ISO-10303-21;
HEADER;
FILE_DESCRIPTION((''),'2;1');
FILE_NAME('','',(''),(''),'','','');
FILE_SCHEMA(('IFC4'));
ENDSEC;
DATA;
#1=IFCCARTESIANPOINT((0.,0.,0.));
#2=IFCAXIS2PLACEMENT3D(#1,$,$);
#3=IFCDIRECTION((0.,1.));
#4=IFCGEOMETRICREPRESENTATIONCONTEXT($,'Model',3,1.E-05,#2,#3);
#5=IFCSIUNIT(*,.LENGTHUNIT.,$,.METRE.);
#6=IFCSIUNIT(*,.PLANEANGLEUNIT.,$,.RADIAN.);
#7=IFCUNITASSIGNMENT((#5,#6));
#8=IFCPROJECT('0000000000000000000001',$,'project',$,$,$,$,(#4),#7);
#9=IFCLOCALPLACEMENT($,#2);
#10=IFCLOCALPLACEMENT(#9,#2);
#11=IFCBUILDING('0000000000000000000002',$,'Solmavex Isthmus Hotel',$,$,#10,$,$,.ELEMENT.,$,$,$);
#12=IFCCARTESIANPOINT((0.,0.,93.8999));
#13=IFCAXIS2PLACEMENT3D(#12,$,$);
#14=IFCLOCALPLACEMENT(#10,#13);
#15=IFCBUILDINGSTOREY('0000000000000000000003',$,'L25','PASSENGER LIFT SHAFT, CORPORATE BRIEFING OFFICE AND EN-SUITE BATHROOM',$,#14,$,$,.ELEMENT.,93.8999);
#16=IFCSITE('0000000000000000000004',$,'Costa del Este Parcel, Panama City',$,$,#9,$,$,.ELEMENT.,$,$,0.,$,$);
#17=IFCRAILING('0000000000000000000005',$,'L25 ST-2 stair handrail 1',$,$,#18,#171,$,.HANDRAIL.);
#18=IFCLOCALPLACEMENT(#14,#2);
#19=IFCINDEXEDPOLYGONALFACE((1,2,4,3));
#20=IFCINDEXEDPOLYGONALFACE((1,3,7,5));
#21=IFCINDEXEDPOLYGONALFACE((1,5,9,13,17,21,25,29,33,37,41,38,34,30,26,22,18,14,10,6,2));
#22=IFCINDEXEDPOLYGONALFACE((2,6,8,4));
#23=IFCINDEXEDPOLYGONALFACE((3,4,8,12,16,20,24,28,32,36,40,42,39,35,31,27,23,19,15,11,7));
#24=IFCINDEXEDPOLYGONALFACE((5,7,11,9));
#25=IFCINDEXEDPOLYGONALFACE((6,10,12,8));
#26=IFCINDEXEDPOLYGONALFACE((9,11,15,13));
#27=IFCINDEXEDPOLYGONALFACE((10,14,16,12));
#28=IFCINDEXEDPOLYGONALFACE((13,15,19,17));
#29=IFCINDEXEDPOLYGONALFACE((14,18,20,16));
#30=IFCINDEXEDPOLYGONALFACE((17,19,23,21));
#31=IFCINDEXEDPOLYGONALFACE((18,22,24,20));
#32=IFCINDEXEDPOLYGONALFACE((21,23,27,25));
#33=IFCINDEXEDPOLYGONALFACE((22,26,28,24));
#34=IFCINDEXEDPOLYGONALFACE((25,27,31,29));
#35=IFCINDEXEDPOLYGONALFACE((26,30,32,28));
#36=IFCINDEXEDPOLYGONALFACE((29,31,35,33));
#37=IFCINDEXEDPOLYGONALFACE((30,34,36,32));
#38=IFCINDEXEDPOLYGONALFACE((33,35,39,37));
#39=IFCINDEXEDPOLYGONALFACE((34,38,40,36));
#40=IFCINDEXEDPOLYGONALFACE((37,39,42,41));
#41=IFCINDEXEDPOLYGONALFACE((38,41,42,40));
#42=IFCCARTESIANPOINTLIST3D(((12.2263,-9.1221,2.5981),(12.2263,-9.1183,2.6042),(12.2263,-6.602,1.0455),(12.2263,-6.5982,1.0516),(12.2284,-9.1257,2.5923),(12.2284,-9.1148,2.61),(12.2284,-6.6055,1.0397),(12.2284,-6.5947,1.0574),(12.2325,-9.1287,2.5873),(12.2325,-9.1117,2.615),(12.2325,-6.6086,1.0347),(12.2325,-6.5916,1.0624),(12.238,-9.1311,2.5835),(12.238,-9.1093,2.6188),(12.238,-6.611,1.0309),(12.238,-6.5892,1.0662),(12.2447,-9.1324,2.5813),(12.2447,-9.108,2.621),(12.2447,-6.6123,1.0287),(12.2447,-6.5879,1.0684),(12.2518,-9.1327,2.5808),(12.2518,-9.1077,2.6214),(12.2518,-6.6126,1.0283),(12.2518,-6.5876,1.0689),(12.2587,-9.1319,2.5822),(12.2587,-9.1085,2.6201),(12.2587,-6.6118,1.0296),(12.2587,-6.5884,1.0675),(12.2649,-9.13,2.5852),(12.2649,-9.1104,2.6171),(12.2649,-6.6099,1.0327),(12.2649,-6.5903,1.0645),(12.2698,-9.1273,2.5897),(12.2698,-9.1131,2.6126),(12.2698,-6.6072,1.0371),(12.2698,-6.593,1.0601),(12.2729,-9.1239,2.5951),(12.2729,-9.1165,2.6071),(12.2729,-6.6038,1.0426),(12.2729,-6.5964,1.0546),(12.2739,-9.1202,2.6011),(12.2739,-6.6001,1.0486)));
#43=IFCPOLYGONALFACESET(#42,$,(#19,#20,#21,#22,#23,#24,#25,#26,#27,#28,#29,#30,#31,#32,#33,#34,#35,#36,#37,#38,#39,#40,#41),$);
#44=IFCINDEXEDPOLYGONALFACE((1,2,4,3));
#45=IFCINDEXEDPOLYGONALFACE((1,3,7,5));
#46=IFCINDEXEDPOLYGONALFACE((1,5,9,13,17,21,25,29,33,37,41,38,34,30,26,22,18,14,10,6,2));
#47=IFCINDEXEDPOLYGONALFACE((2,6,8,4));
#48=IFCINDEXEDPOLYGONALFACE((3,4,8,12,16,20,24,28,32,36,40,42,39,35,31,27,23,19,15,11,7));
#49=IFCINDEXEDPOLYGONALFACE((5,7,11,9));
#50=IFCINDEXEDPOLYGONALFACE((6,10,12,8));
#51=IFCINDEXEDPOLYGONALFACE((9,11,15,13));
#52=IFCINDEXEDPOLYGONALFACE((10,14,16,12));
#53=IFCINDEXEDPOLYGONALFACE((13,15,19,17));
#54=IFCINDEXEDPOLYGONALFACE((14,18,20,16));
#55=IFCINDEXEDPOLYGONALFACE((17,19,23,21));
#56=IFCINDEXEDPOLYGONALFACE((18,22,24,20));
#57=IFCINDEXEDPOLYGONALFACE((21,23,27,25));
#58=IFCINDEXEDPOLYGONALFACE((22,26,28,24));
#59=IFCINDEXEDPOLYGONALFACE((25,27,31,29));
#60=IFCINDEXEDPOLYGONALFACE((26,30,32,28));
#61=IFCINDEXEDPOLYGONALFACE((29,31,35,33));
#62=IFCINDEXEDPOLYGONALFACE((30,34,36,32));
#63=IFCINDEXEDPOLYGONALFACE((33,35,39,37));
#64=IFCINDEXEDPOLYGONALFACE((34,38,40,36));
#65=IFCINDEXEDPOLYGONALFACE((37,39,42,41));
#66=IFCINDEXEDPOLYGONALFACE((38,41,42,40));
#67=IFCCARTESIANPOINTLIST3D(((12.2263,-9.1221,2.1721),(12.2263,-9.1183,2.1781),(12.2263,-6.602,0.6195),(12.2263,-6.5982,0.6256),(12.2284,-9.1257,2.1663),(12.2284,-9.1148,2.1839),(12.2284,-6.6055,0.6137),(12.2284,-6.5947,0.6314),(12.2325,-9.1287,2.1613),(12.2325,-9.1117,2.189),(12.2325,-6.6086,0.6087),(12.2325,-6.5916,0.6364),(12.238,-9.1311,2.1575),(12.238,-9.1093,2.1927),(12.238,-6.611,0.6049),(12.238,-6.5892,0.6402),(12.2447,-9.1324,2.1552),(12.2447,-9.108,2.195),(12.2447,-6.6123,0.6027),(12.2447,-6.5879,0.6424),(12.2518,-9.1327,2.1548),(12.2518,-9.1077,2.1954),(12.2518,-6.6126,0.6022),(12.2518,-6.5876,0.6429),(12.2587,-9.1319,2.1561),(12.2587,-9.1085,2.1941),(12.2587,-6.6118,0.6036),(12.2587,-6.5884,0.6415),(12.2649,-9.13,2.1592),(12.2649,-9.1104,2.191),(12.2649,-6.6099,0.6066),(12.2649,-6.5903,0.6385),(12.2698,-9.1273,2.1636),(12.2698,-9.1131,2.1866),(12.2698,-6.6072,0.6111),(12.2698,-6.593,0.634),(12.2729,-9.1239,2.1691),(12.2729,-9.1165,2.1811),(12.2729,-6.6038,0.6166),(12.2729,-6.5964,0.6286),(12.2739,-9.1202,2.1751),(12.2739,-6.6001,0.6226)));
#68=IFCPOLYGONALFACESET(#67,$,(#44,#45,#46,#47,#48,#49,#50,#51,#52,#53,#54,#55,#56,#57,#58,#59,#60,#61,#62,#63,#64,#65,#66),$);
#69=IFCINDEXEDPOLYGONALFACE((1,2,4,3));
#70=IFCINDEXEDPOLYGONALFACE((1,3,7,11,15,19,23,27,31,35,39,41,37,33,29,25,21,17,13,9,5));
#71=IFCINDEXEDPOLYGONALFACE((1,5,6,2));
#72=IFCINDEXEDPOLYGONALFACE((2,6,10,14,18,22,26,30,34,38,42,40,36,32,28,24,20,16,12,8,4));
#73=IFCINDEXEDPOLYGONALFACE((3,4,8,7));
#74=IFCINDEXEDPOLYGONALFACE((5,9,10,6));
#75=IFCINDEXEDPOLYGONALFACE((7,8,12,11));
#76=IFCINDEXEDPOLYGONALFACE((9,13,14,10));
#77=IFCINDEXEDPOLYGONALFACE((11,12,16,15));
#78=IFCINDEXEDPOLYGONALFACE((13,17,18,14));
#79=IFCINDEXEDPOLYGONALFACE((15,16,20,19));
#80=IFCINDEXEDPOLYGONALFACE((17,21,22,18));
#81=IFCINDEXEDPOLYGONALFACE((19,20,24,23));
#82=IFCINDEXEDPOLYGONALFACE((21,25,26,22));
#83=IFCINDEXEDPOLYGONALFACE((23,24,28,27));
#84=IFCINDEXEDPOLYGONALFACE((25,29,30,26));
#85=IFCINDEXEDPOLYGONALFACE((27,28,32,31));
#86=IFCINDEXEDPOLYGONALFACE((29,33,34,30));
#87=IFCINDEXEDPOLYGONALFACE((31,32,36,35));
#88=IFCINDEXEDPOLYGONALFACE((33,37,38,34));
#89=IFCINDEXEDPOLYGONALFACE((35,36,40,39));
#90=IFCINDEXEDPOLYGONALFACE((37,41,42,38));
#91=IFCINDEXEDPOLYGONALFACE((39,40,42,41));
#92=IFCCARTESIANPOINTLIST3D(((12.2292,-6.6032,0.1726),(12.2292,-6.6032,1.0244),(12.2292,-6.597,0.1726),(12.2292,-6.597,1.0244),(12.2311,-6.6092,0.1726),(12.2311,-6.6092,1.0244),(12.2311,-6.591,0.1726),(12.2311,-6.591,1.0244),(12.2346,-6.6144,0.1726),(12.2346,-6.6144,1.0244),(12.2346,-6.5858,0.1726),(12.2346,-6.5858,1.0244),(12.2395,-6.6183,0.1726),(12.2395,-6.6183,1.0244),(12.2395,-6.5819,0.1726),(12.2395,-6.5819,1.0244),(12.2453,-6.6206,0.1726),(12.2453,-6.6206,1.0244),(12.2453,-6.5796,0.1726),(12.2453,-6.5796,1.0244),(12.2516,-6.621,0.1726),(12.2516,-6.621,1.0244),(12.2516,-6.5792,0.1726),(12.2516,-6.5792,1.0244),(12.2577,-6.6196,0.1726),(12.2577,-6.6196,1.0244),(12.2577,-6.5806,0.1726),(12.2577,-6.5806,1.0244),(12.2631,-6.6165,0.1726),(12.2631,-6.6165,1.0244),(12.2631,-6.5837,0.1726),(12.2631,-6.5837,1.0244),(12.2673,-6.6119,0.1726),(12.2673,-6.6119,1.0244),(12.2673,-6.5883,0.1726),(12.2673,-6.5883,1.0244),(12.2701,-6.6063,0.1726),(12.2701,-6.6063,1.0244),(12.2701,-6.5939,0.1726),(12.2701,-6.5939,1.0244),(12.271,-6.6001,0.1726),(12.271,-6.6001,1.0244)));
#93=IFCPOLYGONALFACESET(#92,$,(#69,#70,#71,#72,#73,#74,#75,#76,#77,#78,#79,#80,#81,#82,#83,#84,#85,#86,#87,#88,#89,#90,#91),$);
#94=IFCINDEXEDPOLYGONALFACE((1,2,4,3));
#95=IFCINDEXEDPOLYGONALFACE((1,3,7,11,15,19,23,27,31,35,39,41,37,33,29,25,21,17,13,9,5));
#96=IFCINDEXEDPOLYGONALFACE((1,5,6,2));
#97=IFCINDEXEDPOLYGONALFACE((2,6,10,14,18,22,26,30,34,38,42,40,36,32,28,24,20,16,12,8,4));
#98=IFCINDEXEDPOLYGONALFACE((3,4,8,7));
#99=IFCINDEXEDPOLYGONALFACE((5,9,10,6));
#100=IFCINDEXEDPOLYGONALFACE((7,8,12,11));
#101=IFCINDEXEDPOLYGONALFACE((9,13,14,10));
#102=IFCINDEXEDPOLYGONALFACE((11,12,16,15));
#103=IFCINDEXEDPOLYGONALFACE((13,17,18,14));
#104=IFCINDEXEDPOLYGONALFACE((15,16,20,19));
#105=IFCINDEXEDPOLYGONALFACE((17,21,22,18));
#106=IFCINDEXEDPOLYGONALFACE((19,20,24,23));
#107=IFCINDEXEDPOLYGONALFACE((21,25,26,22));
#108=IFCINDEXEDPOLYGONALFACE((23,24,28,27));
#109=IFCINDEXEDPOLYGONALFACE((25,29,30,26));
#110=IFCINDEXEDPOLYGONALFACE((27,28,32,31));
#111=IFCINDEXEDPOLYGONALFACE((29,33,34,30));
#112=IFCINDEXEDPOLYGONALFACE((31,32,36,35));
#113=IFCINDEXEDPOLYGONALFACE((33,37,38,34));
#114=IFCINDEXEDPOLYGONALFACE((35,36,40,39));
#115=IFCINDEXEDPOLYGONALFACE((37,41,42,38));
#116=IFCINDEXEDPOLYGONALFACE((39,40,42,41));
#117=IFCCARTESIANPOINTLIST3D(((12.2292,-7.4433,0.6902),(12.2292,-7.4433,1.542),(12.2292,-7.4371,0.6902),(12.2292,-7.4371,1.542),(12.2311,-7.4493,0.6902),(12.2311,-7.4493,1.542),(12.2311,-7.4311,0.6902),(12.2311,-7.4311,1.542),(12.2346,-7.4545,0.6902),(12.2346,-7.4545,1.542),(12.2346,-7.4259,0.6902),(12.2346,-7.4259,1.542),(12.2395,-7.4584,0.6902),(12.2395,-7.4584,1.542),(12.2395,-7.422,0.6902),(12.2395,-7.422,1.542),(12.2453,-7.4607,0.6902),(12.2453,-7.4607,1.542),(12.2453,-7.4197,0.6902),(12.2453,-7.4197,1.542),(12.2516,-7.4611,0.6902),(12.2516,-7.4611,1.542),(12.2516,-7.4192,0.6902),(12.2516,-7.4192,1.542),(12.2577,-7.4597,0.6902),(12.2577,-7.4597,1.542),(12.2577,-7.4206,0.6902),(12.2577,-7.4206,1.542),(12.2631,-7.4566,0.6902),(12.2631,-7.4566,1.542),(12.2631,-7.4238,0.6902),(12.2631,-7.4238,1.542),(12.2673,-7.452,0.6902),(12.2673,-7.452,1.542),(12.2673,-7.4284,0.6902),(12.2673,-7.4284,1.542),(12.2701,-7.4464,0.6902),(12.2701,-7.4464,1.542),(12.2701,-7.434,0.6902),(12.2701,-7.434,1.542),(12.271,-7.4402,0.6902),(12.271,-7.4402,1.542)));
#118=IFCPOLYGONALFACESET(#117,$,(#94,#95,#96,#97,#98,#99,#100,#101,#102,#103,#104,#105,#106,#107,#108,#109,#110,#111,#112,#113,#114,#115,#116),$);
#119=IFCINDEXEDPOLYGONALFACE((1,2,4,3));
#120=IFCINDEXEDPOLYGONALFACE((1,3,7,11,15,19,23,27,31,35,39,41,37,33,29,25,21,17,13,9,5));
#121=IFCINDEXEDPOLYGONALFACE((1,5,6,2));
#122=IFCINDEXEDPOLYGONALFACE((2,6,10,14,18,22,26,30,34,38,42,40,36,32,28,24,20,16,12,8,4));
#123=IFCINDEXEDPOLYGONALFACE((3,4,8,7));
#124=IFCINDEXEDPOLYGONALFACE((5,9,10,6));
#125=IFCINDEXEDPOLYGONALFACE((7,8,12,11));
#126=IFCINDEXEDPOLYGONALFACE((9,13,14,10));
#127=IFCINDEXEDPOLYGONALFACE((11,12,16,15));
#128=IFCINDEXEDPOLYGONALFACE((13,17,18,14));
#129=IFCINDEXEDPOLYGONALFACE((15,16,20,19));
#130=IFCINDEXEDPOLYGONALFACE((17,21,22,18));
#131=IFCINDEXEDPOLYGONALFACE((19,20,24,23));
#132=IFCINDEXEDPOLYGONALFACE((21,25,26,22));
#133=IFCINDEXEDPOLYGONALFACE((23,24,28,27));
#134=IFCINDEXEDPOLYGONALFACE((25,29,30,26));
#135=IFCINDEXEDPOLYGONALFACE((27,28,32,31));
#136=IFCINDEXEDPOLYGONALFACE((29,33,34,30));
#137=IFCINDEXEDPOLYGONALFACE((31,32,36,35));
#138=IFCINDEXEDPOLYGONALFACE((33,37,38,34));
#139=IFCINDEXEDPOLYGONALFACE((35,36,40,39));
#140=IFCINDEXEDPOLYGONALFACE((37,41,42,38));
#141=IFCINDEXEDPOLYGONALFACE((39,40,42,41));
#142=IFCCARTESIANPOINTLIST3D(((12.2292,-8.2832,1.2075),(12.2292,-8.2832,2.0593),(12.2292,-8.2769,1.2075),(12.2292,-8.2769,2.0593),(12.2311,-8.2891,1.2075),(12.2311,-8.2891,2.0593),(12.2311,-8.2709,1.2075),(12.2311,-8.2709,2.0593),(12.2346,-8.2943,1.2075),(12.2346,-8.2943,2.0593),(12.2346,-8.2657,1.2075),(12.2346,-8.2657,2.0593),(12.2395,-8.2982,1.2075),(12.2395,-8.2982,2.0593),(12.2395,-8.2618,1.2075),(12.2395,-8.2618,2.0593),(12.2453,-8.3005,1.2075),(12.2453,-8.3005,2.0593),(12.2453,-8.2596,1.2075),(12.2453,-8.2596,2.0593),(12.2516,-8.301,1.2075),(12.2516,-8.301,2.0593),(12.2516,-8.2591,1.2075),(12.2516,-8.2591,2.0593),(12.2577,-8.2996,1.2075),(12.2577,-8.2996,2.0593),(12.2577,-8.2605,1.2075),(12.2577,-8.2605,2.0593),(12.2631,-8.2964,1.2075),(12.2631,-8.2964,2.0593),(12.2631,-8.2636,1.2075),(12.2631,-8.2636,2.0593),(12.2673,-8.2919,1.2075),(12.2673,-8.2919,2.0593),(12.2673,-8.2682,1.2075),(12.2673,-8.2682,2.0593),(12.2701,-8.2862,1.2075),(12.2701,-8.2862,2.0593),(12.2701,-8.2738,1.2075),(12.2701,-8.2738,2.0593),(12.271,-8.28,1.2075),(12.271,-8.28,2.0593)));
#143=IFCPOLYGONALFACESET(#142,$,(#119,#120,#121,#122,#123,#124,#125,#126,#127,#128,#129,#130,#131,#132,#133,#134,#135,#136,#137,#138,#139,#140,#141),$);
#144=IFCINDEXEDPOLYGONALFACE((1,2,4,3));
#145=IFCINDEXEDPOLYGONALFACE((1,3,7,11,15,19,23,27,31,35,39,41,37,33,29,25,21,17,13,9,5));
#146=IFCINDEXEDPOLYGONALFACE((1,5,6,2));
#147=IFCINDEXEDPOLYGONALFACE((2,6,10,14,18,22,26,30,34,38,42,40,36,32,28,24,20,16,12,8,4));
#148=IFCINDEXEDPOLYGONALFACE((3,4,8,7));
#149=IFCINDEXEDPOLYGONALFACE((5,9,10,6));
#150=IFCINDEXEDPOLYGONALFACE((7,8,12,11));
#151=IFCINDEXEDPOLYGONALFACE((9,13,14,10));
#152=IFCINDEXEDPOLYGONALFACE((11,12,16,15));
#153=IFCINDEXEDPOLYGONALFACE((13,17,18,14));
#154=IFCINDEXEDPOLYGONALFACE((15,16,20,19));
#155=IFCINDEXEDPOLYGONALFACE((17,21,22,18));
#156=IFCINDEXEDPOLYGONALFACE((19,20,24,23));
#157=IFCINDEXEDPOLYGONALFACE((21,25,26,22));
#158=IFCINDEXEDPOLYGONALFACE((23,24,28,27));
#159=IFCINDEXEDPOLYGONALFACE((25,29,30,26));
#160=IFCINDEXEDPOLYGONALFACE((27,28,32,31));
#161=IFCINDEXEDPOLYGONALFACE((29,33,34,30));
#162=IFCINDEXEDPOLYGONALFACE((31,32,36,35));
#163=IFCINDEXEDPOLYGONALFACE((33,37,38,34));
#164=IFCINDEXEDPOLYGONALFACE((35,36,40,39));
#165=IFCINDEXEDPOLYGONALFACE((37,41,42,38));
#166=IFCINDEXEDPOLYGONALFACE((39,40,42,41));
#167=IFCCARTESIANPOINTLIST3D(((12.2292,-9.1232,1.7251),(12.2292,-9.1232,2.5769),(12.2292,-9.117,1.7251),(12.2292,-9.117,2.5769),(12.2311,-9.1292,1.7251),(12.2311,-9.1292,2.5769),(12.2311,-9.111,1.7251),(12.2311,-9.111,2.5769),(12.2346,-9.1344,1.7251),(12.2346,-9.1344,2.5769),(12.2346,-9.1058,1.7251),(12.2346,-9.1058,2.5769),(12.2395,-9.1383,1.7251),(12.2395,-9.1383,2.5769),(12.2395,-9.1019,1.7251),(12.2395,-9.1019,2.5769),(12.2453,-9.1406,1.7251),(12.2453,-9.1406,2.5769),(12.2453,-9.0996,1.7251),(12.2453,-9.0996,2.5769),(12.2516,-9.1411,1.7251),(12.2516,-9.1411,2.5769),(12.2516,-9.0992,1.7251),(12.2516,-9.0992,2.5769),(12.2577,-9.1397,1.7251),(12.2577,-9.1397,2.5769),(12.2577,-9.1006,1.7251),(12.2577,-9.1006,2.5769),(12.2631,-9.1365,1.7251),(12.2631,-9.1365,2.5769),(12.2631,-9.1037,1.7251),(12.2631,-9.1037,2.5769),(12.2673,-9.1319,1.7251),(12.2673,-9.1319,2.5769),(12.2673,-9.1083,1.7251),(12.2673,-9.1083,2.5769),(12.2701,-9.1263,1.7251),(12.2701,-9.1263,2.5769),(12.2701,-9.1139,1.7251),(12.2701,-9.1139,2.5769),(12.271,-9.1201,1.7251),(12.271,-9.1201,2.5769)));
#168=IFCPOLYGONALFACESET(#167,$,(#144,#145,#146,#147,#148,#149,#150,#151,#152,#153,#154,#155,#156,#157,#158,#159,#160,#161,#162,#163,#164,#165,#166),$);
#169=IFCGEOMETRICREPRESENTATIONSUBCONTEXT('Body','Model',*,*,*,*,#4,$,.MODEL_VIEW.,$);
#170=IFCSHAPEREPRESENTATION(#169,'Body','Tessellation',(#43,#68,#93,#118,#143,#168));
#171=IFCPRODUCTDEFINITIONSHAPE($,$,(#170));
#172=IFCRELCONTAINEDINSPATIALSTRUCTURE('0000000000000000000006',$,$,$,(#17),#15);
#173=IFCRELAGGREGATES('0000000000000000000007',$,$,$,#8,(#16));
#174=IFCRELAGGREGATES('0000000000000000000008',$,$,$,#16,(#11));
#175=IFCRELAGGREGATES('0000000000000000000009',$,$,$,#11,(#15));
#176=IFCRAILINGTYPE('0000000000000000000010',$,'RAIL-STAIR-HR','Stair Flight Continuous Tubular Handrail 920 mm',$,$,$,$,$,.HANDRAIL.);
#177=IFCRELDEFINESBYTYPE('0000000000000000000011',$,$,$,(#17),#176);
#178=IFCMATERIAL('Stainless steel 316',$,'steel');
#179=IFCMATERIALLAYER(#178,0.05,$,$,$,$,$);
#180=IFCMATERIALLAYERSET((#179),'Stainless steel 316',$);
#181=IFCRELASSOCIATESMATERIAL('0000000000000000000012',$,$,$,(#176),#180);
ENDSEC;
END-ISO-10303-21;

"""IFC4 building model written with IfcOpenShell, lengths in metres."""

from ifc_helpers import new_model, si_unit, direction, frame, origin, origin_2d, place, context, subcontext, project, spatial, circle, extrude, material, layer, layer_set, type_object, element, save


model = new_model("IFC4")

# Units and contexts
model_context = context("Model", 3, precision=1e-05, world=origin(), true_north=direction((0.0, 1.0)))
body_context = subcontext(model_context, "Body", "Model", "MODEL_VIEW")
ifc_project = project(units=[si_unit("LENGTHUNIT", "METRE"), si_unit("PLANEANGLEUNIT", "RADIAN")], contexts=[model_context])

# Site, building, storey
site_placement = place(None, origin())
site = spatial("IfcSite", under=ifc_project, at=site_placement, Name="Costa del Este Parcel, Panama City", CompositionType="ELEMENT", RefElevation=0.0)
building_placement = place(site_placement, origin())
building = spatial("IfcBuilding", under=site, at=building_placement, Name="Solmavex Isthmus Hotel", CompositionType="ELEMENT")
storey_placement = place(building_placement, frame((0.0, 0.0, 93.8999)))
storey = spatial("IfcBuildingStorey", under=building, at=storey_placement, Name="L25", Description="PASSENGER LIFT SHAFT, CORPORATE BRIEFING OFFICE AND EN-SUITE BATHROOM", CompositionType="ELEMENT", Elevation=93.8999)

# Shared definitions
ifc_material_1 = material(Name="Stainless steel 316", Category="steel")

# Railing
ifc_layer_1 = layer(ifc_material_1, 0.05)
ifc_layer_set_1 = layer_set([ifc_layer_1], Name="Stainless steel 316")
railing_type_1 = type_object("IfcRailingType", Name="RAIL-STAIR-HR", Description="Stair Flight Continuous Tubular Handrail 920 mm", PredefinedType="HANDRAIL", material=ifc_layer_set_1)
railing_1_placement = place(storey_placement, frame((12.25, -6.6001, 0.1726)))
element("IfcRailing", 1, at=railing_1_placement, inside=storey, type_object=railing_type_1, Name="L25 ST-2 stair handrail 1", PredefinedType="HANDRAIL", context=body_context, shape_type="SweptSolid", body=[
    extrude(circle(Radius=0.0239, at=origin_2d()), frame((0.0, 0.0, 0.876), z_axis=(0.0, -0.8514, 0.524516), x_axis=(1.0, 0.0, 0.0)), (0.0, 0.0, 1.0), 2.96),
    extrude(circle(Radius=0.0239, at=origin_2d()), frame((0.0, 0.0, 0.45), z_axis=(0.0, -0.8514, 0.524516), x_axis=(1.0, 0.0, 0.0)), (0.0, 0.0, 1.0), 2.96),
    extrude(circle(Radius=0.021, at=origin_2d()), origin(), (0.0, 0.0, 1.0), 0.8518),
    extrude(circle(Radius=0.021, at=origin_2d()), frame((0.0, -0.8401, 0.5176)), (0.0, 0.0, 1.0), 0.8518),
    extrude(circle(Radius=0.021, at=origin_2d()), frame((0.0, -1.6799, 1.0349)), (0.0, 0.0, 1.0), 0.8518),
    extrude(circle(Radius=0.021, at=origin_2d()), frame((0.0, -2.52, 1.5525)), (0.0, 0.0, 1.0), 0.8518),
])

save(model, "model.ifc")
